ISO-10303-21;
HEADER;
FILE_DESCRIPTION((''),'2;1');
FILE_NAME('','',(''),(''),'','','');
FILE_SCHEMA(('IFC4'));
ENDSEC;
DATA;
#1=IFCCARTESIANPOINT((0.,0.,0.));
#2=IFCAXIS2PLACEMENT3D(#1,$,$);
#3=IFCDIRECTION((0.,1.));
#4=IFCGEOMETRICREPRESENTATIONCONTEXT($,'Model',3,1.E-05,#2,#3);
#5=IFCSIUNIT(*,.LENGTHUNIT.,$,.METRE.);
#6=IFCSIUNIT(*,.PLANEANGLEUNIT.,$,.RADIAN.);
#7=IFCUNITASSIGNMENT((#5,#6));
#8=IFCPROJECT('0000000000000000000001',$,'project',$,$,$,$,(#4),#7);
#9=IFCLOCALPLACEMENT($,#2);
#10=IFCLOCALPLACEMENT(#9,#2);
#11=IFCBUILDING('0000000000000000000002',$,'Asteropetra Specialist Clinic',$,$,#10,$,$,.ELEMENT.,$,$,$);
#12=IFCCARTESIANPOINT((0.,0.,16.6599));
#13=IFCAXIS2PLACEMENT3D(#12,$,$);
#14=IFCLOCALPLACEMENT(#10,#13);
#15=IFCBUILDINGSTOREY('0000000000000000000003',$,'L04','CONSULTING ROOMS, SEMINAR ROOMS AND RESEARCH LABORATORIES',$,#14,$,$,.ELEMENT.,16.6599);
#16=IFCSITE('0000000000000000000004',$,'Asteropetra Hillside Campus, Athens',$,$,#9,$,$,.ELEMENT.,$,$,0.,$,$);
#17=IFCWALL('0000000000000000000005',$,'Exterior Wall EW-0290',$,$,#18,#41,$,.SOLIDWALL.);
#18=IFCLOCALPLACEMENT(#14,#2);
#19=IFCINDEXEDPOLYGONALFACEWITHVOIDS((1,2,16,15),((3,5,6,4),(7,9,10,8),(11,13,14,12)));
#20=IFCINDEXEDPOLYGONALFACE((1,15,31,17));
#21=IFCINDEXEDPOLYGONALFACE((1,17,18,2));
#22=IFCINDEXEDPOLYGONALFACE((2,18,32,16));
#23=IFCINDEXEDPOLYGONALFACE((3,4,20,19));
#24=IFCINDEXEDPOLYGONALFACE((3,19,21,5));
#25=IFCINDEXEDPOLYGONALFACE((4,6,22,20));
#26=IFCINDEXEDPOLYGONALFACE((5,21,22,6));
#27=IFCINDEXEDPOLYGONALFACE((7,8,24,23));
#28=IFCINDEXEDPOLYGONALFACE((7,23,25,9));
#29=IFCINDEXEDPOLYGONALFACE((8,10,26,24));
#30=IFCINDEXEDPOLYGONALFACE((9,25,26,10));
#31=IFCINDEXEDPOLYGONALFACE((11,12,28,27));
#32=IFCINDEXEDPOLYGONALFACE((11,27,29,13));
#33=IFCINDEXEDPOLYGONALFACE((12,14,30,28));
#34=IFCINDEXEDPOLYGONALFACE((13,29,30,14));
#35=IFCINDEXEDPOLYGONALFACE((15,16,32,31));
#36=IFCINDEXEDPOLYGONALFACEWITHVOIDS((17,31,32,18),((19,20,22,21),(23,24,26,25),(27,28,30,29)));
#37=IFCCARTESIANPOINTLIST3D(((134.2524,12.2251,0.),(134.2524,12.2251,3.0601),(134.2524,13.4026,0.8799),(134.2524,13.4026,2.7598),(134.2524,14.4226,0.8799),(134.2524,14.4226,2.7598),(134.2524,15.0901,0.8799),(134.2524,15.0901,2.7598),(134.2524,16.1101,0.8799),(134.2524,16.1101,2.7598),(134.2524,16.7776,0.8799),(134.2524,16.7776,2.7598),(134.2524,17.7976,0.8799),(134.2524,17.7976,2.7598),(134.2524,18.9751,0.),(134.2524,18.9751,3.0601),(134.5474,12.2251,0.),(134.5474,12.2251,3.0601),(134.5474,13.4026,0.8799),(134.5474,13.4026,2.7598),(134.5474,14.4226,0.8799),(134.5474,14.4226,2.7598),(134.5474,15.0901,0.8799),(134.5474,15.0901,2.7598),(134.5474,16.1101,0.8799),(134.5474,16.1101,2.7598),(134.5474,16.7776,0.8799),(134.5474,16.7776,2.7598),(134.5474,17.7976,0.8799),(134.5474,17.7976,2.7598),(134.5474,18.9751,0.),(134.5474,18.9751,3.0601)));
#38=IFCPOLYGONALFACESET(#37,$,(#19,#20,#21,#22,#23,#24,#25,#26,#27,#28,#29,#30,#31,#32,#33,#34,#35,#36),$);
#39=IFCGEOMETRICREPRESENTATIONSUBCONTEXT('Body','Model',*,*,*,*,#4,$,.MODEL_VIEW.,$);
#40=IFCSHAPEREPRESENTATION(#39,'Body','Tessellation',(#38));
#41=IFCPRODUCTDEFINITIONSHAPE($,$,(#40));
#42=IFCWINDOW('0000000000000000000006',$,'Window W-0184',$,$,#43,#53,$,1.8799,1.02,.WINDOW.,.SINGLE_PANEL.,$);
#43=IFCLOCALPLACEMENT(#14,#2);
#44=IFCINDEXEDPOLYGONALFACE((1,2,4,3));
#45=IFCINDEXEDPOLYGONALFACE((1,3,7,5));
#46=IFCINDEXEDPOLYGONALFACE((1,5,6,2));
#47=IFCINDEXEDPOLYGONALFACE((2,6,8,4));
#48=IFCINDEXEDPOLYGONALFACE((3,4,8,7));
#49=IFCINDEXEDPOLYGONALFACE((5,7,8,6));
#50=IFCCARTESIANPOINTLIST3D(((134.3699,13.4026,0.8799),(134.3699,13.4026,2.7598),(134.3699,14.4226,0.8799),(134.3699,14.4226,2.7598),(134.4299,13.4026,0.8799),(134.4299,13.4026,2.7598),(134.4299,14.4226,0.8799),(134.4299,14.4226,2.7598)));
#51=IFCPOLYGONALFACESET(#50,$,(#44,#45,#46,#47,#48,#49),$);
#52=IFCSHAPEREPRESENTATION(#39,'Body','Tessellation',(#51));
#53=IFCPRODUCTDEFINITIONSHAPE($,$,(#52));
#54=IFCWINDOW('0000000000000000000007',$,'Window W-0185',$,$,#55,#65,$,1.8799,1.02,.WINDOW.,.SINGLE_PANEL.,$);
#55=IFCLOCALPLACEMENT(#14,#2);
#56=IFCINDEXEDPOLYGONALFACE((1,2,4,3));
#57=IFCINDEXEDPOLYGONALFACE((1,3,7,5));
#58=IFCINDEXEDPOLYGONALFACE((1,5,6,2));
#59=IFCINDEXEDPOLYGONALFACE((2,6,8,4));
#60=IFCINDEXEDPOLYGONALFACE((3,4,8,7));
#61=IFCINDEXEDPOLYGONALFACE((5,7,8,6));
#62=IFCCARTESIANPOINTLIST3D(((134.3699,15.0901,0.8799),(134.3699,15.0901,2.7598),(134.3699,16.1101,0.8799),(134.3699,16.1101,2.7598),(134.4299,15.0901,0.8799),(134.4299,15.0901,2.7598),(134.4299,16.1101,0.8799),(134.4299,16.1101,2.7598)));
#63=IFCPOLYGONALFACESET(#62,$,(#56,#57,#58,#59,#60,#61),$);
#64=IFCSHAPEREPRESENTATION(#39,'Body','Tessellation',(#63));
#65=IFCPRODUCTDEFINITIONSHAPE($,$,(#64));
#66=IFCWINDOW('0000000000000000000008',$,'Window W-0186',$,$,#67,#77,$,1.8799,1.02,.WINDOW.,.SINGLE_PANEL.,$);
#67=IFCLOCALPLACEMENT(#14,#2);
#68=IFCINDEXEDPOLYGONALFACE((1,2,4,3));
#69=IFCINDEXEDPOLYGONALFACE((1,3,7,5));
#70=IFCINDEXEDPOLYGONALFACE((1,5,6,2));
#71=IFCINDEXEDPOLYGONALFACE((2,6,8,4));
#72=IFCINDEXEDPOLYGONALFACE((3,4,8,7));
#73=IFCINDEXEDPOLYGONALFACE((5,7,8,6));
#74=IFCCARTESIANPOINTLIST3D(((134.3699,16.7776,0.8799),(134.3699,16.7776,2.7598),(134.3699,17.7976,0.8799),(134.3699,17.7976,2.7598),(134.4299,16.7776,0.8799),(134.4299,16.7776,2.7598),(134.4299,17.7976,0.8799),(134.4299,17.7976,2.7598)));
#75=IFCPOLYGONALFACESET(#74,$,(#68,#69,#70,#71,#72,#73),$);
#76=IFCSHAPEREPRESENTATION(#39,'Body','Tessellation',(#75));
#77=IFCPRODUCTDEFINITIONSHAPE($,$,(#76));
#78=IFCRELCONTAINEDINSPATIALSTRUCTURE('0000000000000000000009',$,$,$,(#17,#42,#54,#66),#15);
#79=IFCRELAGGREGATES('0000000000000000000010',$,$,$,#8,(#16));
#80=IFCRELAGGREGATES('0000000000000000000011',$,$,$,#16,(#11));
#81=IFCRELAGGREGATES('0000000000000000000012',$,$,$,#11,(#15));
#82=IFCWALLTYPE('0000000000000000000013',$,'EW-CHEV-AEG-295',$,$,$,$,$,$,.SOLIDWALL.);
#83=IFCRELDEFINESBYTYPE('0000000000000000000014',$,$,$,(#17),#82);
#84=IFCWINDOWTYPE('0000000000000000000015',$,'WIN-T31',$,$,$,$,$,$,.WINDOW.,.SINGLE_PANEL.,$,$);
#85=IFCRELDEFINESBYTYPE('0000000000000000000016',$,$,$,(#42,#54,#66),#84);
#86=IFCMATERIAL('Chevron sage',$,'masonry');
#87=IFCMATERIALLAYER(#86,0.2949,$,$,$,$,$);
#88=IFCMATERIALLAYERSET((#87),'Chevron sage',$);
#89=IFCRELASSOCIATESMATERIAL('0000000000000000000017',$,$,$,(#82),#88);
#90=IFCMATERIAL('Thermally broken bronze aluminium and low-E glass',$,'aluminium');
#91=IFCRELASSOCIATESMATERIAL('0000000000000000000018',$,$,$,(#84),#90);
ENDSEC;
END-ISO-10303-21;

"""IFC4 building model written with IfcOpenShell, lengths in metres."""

from ifc_helpers import new_model, si_unit, direction, frame, frame_2d, origin, place, context, subcontext, project, spatial, rectangle, extrude, material, layer, layer_set, type_object, element, fill, save


model = new_model("IFC4")

# Units and contexts
model_context = context("Model", 3, precision=1e-05, world=origin(), true_north=direction((0.0, 1.0)))
body_context = subcontext(model_context, "Body", "Model", "MODEL_VIEW")
ifc_project = project(units=[si_unit("LENGTHUNIT", "METRE"), si_unit("PLANEANGLEUNIT", "RADIAN")], contexts=[model_context])

# Site, building, storey
site_placement = place(None, origin())
site = spatial("IfcSite", under=ifc_project, at=site_placement, Name="Asteropetra Hillside Campus, Athens", CompositionType="ELEMENT", RefElevation=0.0)
building_placement = place(site_placement, origin())
building = spatial("IfcBuilding", under=site, at=building_placement, Name="Asteropetra Specialist Clinic", CompositionType="ELEMENT")
storey_placement = place(building_placement, frame((0.0, 0.0, 16.6599)))
storey = spatial("IfcBuildingStorey", under=building, at=storey_placement, Name="L04", Description="CONSULTING ROOMS, SEMINAR ROOMS AND RESEARCH LABORATORIES", CompositionType="ELEMENT", Elevation=16.6599)

# Wall, openings, windows
ifc_material_1 = material(Name="Chevron sage", Category="masonry")
ifc_layer_1 = layer(ifc_material_1, 0.2949)
ifc_layer_set_1 = layer_set([ifc_layer_1], Name="Chevron sage")
wall_type = type_object("IfcWallType", Name="EW-CHEV-AEG-295", PredefinedType="SOLIDWALL", material=ifc_layer_set_1)
wall_placement = place(storey_placement, frame((134.3999, 12.2251, 0.0), z_axis=(0.0, 0.0, 1.0), x_axis=(0.0, 1.0, 0.0)))
wall = element("IfcWall", 1, at=wall_placement, inside=storey, type_object=wall_type, Name="Exterior Wall EW-0290", PredefinedType="SOLIDWALL", context=body_context, shape_type="SweptSolid", body=[
    extrude(rectangle(XDim=6.75, YDim=0.2949, at=frame_2d((3.375, 0.0))), origin(), (0.0, 0.0, 1.0), 3.0601),
])
opening_1_placement = place(wall_placement, frame((1.1775, 0.0, 0.8799)))
opening_1 = element("IfcOpeningElement", 2, at=opening_1_placement, cuts=wall, PredefinedType="OPENING", context=body_context, shape_type="SweptSolid", body=[
    extrude(rectangle(XDim=1.02, YDim=1.8799, at=frame_2d((0.51, 0.9399))), frame((0.0, 0.1575, 0.0), z_axis=(0.0, -1.0, 0.0), x_axis=(1.0, 0.0, 0.0)), (0.0, 0.0, 1.0), 0.3149),
])
opening_2_placement = place(wall_placement, frame((2.865, 0.0, 0.8799)))
opening_2 = element("IfcOpeningElement", 3, at=opening_2_placement, cuts=wall, PredefinedType="OPENING", context=body_context, shape_type="SweptSolid", body=[
    extrude(rectangle(XDim=1.02, YDim=1.8799, at=frame_2d((0.51, 0.9399))), frame((0.0, 0.1575, 0.0), z_axis=(0.0, -1.0, 0.0), x_axis=(1.0, 0.0, 0.0)), (0.0, 0.0, 1.0), 0.3149),
])
opening_3_placement = place(wall_placement, frame((4.5525, 0.0, 0.8799)))
opening_3 = element("IfcOpeningElement", 4, at=opening_3_placement, cuts=wall, PredefinedType="OPENING", context=body_context, shape_type="SweptSolid", body=[
    extrude(rectangle(XDim=1.02, YDim=1.8799, at=frame_2d((0.51, 0.9399))), frame((0.0, 0.1575, 0.0), z_axis=(0.0, -1.0, 0.0), x_axis=(1.0, 0.0, 0.0)), (0.0, 0.0, 1.0), 0.3149),
])
ifc_material_2 = material(Name="Thermally broken bronze aluminium and low-E glass", Category="aluminium")
window_type = type_object("IfcWindowType", Name="WIN-T31", PartitioningType="SINGLE_PANEL", PredefinedType="WINDOW", material=ifc_material_2)
window_1_placement = place(opening_1_placement, origin())
window_1 = element("IfcWindow", 5, at=window_1_placement, inside=storey, type_object=window_type, Name="Window W-0184", OverallHeight=1.8799, OverallWidth=1.02, PartitioningType="SINGLE_PANEL", PredefinedType="WINDOW", context=body_context, shape_type="SweptSolid", body=[
    extrude(rectangle(XDim=1.02, YDim=1.8799, at=frame_2d((0.51, 0.9399))), frame((0.0, 0.03, 0.0), z_axis=(0.0, -1.0, 0.0), x_axis=(1.0, 0.0, 0.0)), (0.0, 0.0, 1.0), 0.0601),
])
fill(opening_1, window_1)
window_2_placement = place(opening_2_placement, origin())
window_2 = element("IfcWindow", 6, at=window_2_placement, inside=storey, type_object=window_type, Name="Window W-0185", OverallHeight=1.8799, OverallWidth=1.02, PartitioningType="SINGLE_PANEL", PredefinedType="WINDOW", context=body_context, shape_type="SweptSolid", body=[
    extrude(rectangle(XDim=1.02, YDim=1.8799, at=frame_2d((0.51, 0.9399))), frame((0.0, 0.03, 0.0), z_axis=(0.0, -1.0, 0.0), x_axis=(1.0, 0.0, 0.0)), (0.0, 0.0, 1.0), 0.0601),
])
fill(opening_2, window_2)
window_3_placement = place(opening_3_placement, origin())
window_3 = element("IfcWindow", 7, at=window_3_placement, inside=storey, type_object=window_type, Name="Window W-0186", OverallHeight=1.8799, OverallWidth=1.02, PartitioningType="SINGLE_PANEL", PredefinedType="WINDOW", context=body_context, shape_type="SweptSolid", body=[
    extrude(rectangle(XDim=1.02, YDim=1.8799, at=frame_2d((0.51, 0.9399))), frame((0.0, 0.03, 0.0), z_axis=(0.0, -1.0, 0.0), x_axis=(1.0, 0.0, 0.0)), (0.0, 0.0, 1.0), 0.0601),
])
fill(opening_3, window_3)

save(model, "model.ifc")
